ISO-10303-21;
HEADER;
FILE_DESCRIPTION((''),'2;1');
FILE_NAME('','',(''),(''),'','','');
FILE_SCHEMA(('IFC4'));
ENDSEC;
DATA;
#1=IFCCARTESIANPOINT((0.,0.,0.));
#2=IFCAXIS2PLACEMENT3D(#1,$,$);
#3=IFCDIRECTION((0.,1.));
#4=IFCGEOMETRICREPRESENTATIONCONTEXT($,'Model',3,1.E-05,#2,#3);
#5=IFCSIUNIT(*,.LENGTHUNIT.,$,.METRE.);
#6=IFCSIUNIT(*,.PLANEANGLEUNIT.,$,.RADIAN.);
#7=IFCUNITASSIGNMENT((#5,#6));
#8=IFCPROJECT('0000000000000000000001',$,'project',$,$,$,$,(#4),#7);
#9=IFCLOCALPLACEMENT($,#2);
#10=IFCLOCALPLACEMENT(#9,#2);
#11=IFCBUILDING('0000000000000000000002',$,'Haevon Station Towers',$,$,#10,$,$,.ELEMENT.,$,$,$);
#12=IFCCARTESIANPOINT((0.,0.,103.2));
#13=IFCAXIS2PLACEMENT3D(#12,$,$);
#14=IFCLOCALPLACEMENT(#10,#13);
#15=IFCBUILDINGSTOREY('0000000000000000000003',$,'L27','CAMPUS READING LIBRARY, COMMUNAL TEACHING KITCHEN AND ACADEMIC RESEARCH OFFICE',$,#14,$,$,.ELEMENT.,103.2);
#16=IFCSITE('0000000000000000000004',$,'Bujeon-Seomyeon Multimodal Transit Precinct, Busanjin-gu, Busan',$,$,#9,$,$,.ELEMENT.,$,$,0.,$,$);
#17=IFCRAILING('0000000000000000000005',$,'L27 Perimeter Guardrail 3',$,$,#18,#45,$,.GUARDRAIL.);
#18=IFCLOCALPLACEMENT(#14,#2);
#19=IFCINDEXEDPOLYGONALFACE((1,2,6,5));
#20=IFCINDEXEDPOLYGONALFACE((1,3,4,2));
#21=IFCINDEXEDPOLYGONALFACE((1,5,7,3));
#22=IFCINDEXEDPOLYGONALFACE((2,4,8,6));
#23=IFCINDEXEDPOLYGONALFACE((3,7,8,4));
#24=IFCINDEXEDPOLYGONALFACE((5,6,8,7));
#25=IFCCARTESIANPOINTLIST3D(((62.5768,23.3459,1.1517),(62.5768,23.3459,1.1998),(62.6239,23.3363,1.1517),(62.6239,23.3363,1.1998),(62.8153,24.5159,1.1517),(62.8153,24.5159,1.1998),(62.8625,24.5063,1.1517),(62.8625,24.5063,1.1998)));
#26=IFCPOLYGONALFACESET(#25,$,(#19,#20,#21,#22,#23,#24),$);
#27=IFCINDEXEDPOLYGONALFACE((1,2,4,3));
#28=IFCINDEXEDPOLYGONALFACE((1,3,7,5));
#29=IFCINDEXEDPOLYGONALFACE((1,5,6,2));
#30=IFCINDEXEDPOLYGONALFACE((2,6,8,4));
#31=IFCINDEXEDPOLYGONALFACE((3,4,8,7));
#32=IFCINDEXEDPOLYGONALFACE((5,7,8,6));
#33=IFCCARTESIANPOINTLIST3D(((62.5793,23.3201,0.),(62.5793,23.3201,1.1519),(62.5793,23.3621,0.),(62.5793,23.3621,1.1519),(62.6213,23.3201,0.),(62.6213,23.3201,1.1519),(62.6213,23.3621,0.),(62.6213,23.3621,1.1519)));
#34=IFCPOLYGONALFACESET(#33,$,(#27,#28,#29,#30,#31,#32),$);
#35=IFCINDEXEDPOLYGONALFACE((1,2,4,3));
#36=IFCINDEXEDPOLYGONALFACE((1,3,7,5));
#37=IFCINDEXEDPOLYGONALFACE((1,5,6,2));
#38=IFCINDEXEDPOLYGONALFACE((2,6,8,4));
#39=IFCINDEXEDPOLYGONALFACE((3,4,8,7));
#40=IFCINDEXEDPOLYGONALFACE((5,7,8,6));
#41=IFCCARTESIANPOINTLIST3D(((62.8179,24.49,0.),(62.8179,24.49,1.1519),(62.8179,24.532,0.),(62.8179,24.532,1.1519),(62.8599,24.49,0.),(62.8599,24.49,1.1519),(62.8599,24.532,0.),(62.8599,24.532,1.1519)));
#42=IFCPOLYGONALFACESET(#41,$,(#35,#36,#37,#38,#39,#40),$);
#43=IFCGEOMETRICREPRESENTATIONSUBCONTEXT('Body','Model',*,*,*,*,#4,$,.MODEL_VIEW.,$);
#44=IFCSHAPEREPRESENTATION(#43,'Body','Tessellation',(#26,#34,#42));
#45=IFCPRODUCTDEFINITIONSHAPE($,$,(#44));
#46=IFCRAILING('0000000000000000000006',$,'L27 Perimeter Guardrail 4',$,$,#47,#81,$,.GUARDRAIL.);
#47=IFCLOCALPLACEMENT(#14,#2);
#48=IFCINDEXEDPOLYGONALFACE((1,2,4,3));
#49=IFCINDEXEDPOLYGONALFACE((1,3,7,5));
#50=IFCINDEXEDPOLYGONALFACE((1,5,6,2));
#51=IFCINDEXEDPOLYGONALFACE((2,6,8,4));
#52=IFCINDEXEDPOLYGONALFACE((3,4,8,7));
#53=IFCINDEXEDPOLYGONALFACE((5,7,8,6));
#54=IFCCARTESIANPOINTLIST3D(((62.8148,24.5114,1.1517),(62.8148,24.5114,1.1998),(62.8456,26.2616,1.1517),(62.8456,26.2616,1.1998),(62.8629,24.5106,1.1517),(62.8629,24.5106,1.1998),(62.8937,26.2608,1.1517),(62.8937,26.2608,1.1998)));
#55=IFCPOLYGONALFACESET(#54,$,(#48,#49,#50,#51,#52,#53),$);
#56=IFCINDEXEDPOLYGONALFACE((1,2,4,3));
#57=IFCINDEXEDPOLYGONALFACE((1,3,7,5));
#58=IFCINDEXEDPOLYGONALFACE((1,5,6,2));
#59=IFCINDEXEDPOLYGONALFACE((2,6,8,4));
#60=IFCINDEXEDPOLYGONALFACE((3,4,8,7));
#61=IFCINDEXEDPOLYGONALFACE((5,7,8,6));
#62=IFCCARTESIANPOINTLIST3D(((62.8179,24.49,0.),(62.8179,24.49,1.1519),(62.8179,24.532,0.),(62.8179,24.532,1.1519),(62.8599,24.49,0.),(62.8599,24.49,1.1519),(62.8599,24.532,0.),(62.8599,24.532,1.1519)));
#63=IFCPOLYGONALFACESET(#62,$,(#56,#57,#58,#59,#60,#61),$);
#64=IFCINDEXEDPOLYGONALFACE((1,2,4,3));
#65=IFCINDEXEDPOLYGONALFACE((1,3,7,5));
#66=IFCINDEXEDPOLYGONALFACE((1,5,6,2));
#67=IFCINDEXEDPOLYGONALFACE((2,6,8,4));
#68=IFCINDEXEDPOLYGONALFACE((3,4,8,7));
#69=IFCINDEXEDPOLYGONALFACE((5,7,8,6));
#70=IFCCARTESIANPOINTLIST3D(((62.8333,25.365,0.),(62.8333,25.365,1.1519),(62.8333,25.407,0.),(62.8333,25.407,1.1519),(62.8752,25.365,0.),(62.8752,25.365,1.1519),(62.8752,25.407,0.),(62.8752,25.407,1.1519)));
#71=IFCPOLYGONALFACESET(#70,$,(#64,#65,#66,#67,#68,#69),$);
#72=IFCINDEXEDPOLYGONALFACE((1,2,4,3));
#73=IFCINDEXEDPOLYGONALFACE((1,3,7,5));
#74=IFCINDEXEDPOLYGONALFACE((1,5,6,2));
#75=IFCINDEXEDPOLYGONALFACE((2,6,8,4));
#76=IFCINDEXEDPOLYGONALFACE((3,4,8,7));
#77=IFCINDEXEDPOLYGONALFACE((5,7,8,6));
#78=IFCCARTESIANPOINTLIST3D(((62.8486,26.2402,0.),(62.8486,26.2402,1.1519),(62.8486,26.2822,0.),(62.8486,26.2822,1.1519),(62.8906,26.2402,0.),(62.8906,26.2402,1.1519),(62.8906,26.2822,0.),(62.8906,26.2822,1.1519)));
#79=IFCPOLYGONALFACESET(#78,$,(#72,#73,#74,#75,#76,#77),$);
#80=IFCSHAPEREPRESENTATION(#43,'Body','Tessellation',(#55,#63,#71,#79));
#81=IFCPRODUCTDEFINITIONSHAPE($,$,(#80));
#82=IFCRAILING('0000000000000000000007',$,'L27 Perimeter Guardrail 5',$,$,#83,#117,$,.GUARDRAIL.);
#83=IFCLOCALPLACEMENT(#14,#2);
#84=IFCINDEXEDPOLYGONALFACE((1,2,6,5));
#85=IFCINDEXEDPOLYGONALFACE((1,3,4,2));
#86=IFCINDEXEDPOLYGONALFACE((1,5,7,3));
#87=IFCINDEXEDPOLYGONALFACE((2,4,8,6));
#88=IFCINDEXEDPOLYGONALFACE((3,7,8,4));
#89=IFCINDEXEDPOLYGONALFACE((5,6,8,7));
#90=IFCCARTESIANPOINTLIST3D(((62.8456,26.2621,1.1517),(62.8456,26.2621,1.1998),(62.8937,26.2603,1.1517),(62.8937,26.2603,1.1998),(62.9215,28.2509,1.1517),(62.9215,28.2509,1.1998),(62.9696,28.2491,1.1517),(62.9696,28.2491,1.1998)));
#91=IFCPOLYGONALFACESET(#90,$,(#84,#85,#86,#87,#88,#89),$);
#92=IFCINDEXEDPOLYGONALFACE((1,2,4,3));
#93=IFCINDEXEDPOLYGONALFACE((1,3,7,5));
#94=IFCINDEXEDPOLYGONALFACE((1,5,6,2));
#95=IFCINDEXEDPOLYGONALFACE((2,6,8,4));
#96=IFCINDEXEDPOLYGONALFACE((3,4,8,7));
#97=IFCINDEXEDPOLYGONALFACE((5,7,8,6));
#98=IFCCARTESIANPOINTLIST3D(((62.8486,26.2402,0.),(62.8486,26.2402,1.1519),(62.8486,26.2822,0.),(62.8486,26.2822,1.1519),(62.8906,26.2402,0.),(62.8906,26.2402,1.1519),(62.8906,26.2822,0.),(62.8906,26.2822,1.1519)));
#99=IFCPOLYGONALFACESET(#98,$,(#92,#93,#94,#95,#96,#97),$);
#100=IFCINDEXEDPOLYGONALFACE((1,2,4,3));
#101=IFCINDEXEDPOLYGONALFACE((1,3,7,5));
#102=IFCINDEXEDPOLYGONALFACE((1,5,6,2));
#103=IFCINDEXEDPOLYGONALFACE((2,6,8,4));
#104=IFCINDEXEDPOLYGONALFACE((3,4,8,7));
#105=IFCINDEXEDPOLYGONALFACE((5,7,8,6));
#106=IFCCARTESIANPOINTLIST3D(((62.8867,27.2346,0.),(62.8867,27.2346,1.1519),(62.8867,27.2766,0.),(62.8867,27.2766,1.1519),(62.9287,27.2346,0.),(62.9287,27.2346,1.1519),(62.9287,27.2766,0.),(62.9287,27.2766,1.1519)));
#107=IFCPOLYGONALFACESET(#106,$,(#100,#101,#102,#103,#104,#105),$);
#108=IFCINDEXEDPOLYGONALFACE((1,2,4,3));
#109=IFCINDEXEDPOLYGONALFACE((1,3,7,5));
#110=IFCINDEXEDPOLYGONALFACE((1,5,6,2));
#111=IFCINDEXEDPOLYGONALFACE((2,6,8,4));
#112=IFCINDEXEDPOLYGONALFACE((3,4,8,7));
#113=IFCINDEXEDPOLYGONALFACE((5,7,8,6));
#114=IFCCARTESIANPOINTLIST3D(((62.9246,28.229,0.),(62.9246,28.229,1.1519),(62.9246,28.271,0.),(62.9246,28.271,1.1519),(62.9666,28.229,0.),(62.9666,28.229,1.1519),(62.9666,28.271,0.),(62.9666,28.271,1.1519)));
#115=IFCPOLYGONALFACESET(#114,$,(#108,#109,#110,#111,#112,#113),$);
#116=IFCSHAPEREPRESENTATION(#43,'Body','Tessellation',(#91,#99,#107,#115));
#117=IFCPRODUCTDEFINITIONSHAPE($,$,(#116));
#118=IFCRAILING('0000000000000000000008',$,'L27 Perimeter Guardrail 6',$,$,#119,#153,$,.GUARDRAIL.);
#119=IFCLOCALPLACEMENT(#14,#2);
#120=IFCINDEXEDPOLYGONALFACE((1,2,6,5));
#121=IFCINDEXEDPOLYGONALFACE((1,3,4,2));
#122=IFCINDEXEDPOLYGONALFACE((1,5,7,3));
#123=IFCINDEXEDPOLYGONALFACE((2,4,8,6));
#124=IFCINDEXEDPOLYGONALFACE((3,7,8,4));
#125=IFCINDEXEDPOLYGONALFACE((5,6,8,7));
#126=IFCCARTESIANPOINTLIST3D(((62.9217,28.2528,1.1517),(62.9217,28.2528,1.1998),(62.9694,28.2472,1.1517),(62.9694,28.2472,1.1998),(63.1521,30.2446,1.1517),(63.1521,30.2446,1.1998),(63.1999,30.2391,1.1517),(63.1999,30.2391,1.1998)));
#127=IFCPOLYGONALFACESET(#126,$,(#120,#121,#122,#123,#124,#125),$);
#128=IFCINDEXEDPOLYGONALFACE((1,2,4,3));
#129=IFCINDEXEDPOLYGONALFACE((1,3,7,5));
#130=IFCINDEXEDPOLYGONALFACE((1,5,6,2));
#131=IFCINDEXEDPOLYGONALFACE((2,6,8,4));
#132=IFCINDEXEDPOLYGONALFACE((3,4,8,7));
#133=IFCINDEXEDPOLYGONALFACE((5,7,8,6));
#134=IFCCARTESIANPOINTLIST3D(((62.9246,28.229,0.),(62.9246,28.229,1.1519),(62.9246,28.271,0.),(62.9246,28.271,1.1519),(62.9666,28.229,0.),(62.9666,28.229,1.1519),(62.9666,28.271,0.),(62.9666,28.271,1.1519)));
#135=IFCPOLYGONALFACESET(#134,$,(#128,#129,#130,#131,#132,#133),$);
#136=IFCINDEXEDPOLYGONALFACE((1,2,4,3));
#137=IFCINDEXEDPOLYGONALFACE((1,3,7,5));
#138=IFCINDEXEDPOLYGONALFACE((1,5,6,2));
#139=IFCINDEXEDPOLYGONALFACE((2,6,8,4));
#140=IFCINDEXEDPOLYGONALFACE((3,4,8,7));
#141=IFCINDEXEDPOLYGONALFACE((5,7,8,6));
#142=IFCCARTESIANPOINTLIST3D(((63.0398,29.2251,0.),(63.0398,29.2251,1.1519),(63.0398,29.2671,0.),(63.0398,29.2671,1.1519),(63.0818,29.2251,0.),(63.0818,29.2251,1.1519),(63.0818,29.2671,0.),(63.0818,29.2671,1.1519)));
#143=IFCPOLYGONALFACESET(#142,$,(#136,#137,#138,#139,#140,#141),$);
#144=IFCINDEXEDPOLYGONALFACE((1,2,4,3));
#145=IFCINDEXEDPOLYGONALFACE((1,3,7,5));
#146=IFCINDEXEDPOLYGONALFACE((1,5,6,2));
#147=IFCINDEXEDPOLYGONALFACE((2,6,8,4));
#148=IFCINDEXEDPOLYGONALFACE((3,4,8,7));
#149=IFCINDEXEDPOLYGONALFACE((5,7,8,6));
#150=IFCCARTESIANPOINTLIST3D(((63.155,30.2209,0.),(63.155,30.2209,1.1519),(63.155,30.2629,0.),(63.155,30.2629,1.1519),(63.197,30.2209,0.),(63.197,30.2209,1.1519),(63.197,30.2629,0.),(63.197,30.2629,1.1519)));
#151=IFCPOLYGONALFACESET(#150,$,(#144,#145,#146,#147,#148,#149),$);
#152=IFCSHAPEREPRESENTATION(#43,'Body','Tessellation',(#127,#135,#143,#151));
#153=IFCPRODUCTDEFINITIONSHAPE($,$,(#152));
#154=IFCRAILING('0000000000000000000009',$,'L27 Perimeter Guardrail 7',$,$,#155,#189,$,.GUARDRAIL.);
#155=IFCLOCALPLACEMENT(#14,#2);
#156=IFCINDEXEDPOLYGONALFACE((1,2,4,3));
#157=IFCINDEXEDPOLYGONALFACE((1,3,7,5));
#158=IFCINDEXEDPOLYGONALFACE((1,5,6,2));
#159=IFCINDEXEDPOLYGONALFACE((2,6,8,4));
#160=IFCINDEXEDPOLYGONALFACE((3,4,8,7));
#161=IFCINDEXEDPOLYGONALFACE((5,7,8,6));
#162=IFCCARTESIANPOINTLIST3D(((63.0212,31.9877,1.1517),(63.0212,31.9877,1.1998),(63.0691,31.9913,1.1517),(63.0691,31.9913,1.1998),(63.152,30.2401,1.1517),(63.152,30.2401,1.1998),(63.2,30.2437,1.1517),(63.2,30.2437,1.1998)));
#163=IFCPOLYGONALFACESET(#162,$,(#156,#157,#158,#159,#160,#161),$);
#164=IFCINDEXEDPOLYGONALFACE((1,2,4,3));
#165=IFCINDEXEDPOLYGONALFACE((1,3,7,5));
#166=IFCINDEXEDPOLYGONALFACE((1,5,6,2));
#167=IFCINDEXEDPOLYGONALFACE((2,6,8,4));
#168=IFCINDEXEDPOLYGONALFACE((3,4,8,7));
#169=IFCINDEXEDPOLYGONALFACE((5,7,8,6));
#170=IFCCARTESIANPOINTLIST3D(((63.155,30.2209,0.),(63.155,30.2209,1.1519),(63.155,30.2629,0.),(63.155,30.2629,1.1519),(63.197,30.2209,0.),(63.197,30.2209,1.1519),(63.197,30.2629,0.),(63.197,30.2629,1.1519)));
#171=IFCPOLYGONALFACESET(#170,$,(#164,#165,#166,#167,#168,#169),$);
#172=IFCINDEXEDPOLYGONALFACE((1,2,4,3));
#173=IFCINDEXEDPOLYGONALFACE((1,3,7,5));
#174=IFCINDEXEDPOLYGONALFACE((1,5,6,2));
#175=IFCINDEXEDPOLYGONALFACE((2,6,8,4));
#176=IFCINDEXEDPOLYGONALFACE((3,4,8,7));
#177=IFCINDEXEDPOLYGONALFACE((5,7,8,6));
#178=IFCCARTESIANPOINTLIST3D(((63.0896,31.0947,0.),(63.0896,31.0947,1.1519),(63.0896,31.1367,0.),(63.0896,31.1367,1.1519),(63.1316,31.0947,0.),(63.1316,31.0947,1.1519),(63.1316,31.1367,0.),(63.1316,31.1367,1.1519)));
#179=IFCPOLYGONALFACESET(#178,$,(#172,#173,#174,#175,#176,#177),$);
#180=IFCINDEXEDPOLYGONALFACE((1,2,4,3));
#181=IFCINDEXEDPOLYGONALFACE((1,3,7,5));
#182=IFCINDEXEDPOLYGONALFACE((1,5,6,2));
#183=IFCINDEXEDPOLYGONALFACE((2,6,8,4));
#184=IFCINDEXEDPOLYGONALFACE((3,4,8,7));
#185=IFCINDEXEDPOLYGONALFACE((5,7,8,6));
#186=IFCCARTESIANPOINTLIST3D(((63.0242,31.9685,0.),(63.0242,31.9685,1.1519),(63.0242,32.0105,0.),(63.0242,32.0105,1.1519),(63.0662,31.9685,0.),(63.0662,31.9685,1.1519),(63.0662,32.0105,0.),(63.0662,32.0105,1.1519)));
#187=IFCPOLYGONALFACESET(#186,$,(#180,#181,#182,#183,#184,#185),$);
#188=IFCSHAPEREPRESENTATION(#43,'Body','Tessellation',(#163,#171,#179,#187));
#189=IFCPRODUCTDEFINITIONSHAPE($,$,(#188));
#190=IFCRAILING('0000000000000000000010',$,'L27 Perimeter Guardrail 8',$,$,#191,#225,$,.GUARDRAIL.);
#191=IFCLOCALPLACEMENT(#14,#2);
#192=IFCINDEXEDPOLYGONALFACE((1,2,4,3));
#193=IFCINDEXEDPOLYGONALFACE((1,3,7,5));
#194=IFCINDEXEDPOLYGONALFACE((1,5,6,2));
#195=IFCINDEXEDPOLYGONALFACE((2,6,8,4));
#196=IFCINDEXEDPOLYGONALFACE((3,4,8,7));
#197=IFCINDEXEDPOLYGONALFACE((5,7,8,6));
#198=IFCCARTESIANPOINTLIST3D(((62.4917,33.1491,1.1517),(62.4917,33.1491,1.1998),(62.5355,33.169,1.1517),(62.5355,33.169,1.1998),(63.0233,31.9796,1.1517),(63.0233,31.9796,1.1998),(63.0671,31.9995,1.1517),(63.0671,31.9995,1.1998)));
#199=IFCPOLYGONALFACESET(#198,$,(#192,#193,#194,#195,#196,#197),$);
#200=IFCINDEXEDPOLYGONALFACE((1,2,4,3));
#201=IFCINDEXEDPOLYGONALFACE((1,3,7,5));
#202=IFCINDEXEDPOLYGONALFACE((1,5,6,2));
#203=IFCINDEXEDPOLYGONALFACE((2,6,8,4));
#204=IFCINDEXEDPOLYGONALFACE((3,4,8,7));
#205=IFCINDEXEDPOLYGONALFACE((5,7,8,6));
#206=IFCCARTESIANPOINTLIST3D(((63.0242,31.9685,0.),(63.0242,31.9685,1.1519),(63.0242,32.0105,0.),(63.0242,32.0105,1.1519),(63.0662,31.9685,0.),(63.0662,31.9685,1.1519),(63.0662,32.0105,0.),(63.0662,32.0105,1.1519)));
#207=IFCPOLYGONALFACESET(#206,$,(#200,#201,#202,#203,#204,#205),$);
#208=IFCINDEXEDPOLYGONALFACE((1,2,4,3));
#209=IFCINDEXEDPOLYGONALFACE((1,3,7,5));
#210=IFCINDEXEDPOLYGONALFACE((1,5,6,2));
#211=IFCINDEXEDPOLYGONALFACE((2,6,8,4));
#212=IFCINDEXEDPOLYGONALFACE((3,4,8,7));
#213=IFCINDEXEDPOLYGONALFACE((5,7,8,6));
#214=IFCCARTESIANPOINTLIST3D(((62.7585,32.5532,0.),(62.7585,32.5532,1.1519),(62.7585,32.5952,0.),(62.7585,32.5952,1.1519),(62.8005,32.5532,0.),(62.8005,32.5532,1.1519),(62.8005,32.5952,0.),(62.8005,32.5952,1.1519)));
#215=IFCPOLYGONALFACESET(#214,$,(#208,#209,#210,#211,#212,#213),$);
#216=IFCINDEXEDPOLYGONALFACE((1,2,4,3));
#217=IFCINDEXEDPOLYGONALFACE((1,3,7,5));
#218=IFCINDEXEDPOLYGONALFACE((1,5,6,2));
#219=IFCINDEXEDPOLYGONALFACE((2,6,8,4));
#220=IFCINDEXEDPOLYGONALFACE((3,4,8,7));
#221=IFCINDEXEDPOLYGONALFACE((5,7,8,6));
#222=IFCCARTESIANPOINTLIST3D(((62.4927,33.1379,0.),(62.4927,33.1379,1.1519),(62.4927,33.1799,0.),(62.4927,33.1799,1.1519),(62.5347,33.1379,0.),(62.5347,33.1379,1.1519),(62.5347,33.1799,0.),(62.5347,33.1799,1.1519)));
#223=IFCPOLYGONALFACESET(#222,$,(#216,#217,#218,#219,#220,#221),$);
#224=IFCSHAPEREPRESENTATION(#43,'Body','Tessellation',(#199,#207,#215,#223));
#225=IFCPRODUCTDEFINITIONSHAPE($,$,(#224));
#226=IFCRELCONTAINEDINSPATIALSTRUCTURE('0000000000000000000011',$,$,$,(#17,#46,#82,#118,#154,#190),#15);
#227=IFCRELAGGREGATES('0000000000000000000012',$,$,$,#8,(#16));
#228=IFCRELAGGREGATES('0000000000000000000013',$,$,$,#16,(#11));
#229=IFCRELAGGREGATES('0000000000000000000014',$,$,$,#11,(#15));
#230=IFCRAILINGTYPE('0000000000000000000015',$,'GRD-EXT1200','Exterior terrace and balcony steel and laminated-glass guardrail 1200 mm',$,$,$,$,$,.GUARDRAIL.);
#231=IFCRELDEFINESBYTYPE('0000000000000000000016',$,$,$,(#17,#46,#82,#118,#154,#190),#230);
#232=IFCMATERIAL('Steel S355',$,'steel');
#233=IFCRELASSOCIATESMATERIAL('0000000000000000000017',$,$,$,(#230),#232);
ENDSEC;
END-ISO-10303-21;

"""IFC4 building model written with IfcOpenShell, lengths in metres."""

from ifc_helpers import new_model, si_unit, direction, frame, origin, origin_2d, place, context, subcontext, project, spatial, rectangle, extrude, material, type_object, element, save


model = new_model("IFC4")

# Units and contexts
model_context = context("Model", 3, precision=1e-05, world=origin(), true_north=direction((0.0, 1.0)))
body_context = subcontext(model_context, "Body", "Model", "MODEL_VIEW")
ifc_project = project(units=[si_unit("LENGTHUNIT", "METRE"), si_unit("PLANEANGLEUNIT", "RADIAN")], contexts=[model_context])

# Site, building, storey
site_placement = place(None, origin())
site = spatial("IfcSite", under=ifc_project, at=site_placement, Name="Bujeon-Seomyeon Multimodal Transit Precinct, Busanjin-gu, Busan", CompositionType="ELEMENT", RefElevation=0.0)
building_placement = place(site_placement, origin())
building = spatial("IfcBuilding", under=site, at=building_placement, Name="Haevon Station Towers", CompositionType="ELEMENT")
storey_placement = place(building_placement, frame((0.0, 0.0, 103.2)))
storey = spatial("IfcBuildingStorey", under=building, at=storey_placement, Name="L27", Description="CAMPUS READING LIBRARY, COMMUNAL TEACHING KITCHEN AND ACADEMIC RESEARCH OFFICE", CompositionType="ELEMENT", Elevation=103.2)

# Shared definitions
ifc_material_1 = material(Name="Steel S355", Category="steel")

# Railings
railing_type = type_object("IfcRailingType", Name="GRD-EXT1200", Description="Exterior terrace and balcony steel and laminated-glass guardrail 1200 mm", PredefinedType="GUARDRAIL", material=ifc_material_1)
railing_1_placement = place(storey_placement, frame((62.6003, 23.3411, 0.0)))
element("IfcRailing", 1, at=railing_1_placement, inside=storey, type_object=railing_type, Name="L27 Perimeter Guardrail 3", PredefinedType="GUARDRAIL", context=body_context, shape_type="SweptSolid", body=[
    extrude(rectangle(XDim=0.0481, YDim=0.0481, at=origin_2d()), frame((0.0, 0.0, 1.1758), z_axis=(0.199772, 0.979842, 0.0), x_axis=(-0.979842, 0.199772, 0.0)), (0.0, 0.0, 1.0), 1.1941),
    extrude(rectangle(XDim=0.042, YDim=0.042, at=origin_2d()), origin(), (0.0, 0.0, 1.0), 1.1519),
    extrude(rectangle(XDim=0.042, YDim=0.042, at=origin_2d()), frame((0.2385, 1.1699, 0.0)), (0.0, 0.0, 1.0), 1.1519),
])
railing_2_placement = place(storey_placement, frame((62.8389, 24.511, 0.0)))
element("IfcRailing", 2, at=railing_2_placement, inside=storey, type_object=railing_type, Name="L27 Perimeter Guardrail 4", PredefinedType="GUARDRAIL", context=body_context, shape_type="SweptSolid", body=[
    extrude(rectangle(XDim=0.0481, YDim=0.0481, at=origin_2d()), frame((0.0, 0.0, 1.1758), z_axis=(0.017573, 0.999846, 0.0), x_axis=(-0.999846, 0.017573, 0.0)), (0.0, 0.0, 1.0), 1.7505),
    extrude(rectangle(XDim=0.042, YDim=0.042, at=origin_2d()), origin(), (0.0, 0.0, 1.0), 1.1519),
    extrude(rectangle(XDim=0.042, YDim=0.042, at=origin_2d()), frame((0.0154, 0.875, 0.0)), (0.0, 0.0, 1.0), 1.1519),
    extrude(rectangle(XDim=0.042, YDim=0.042, at=origin_2d()), frame((0.0308, 1.7502, 0.0)), (0.0, 0.0, 1.0), 1.1519),
])
railing_3_placement = place(storey_placement, frame((62.8696, 26.2612, 0.0)))
element("IfcRailing", 3, at=railing_3_placement, inside=storey, type_object=railing_type, Name="L27 Perimeter Guardrail 5", PredefinedType="GUARDRAIL", context=body_context, shape_type="SweptSolid", body=[
    extrude(rectangle(XDim=0.0481, YDim=0.0481, at=origin_2d()), frame((0.0, 0.0, 1.1758), z_axis=(0.03815, 0.999272, 0.0), x_axis=(-0.999272, 0.03815, 0.0)), (0.0, 0.0, 1.0), 1.9902),
    extrude(rectangle(XDim=0.042, YDim=0.042, at=origin_2d()), origin(), (0.0, 0.0, 1.0), 1.1519),
    extrude(rectangle(XDim=0.042, YDim=0.042, at=origin_2d()), frame((0.0381, 0.9944, 0.0)), (0.0, 0.0, 1.0), 1.1519),
    extrude(rectangle(XDim=0.042, YDim=0.042, at=origin_2d()), frame((0.0759, 1.9888, 0.0)), (0.0, 0.0, 1.0), 1.1519),
])
railing_4_placement = place(storey_placement, frame((62.9456, 28.25, 0.0)))
element("IfcRailing", 4, at=railing_4_placement, inside=storey, type_object=railing_type, Name="L27 Perimeter Guardrail 6", PredefinedType="GUARDRAIL", context=body_context, shape_type="SweptSolid", body=[
    extrude(rectangle(XDim=0.0481, YDim=0.0481, at=origin_2d()), frame((0.0, 0.0, 1.1758), z_axis=(0.114934, 0.993373, 0.0), x_axis=(-0.993373, 0.114934, 0.0)), (0.0, 0.0, 1.0), 2.0051),
    extrude(rectangle(XDim=0.042, YDim=0.042, at=origin_2d()), origin(), (0.0, 0.0, 1.0), 1.1519),
    extrude(rectangle(XDim=0.042, YDim=0.042, at=origin_2d()), frame((0.1152, 0.9961, 0.0)), (0.0, 0.0, 1.0), 1.1519),
    extrude(rectangle(XDim=0.042, YDim=0.042, at=origin_2d()), frame((0.2305, 1.9919, 0.0)), (0.0, 0.0, 1.0), 1.1519),
])
railing_5_placement = place(storey_placement, frame((63.176, 30.2419, 0.0)))
element("IfcRailing", 5, at=railing_5_placement, inside=storey, type_object=railing_type, Name="L27 Perimeter Guardrail 7", PredefinedType="GUARDRAIL", context=body_context, shape_type="SweptSolid", body=[
    extrude(rectangle(XDim=0.0481, YDim=0.0481, at=origin_2d()), frame((0.0, 0.0, 1.1758), z_axis=(-0.074672, 0.997208, 0.0), x_axis=(-0.997208, -0.074672, 0.0)), (0.0, 0.0, 1.0), 1.7524),
    extrude(rectangle(XDim=0.042, YDim=0.042, at=origin_2d()), origin(), (0.0, 0.0, 1.0), 1.1519),
    extrude(rectangle(XDim=0.042, YDim=0.042, at=origin_2d()), frame((-0.0654, 0.8738, 0.0)), (0.0, 0.0, 1.0), 1.1519),
    extrude(rectangle(XDim=0.042, YDim=0.042, at=origin_2d()), frame((-0.1309, 1.7476, 0.0)), (0.0, 0.0, 1.0), 1.1519),
])
railing_6_placement = place(storey_placement, frame((63.0452, 31.9895, 0.0)))
element("IfcRailing", 6, at=railing_6_placement, inside=storey, type_object=railing_type, Name="L27 Perimeter Guardrail 8", PredefinedType="GUARDRAIL", context=body_context, shape_type="SweptSolid", body=[
    extrude(rectangle(XDim=0.0481, YDim=0.0481, at=origin_2d()), frame((0.0, 0.0, 1.1758), z_axis=(-0.41376, 0.910386, 0.0), x_axis=(-0.910386, -0.41376, 0.0)), (0.0, 0.0, 1.0), 1.2847),
    extrude(rectangle(XDim=0.042, YDim=0.042, at=origin_2d()), origin(), (0.0, 0.0, 1.0), 1.1519),
    extrude(rectangle(XDim=0.042, YDim=0.042, at=origin_2d()), frame((-0.2656, 0.5847, 0.0)), (0.0, 0.0, 1.0), 1.1519),
    extrude(rectangle(XDim=0.042, YDim=0.042, at=origin_2d()), frame((-0.5315, 1.1694, 0.0)), (0.0, 0.0, 1.0), 1.1519),
])

save(model, "model.ifc")
